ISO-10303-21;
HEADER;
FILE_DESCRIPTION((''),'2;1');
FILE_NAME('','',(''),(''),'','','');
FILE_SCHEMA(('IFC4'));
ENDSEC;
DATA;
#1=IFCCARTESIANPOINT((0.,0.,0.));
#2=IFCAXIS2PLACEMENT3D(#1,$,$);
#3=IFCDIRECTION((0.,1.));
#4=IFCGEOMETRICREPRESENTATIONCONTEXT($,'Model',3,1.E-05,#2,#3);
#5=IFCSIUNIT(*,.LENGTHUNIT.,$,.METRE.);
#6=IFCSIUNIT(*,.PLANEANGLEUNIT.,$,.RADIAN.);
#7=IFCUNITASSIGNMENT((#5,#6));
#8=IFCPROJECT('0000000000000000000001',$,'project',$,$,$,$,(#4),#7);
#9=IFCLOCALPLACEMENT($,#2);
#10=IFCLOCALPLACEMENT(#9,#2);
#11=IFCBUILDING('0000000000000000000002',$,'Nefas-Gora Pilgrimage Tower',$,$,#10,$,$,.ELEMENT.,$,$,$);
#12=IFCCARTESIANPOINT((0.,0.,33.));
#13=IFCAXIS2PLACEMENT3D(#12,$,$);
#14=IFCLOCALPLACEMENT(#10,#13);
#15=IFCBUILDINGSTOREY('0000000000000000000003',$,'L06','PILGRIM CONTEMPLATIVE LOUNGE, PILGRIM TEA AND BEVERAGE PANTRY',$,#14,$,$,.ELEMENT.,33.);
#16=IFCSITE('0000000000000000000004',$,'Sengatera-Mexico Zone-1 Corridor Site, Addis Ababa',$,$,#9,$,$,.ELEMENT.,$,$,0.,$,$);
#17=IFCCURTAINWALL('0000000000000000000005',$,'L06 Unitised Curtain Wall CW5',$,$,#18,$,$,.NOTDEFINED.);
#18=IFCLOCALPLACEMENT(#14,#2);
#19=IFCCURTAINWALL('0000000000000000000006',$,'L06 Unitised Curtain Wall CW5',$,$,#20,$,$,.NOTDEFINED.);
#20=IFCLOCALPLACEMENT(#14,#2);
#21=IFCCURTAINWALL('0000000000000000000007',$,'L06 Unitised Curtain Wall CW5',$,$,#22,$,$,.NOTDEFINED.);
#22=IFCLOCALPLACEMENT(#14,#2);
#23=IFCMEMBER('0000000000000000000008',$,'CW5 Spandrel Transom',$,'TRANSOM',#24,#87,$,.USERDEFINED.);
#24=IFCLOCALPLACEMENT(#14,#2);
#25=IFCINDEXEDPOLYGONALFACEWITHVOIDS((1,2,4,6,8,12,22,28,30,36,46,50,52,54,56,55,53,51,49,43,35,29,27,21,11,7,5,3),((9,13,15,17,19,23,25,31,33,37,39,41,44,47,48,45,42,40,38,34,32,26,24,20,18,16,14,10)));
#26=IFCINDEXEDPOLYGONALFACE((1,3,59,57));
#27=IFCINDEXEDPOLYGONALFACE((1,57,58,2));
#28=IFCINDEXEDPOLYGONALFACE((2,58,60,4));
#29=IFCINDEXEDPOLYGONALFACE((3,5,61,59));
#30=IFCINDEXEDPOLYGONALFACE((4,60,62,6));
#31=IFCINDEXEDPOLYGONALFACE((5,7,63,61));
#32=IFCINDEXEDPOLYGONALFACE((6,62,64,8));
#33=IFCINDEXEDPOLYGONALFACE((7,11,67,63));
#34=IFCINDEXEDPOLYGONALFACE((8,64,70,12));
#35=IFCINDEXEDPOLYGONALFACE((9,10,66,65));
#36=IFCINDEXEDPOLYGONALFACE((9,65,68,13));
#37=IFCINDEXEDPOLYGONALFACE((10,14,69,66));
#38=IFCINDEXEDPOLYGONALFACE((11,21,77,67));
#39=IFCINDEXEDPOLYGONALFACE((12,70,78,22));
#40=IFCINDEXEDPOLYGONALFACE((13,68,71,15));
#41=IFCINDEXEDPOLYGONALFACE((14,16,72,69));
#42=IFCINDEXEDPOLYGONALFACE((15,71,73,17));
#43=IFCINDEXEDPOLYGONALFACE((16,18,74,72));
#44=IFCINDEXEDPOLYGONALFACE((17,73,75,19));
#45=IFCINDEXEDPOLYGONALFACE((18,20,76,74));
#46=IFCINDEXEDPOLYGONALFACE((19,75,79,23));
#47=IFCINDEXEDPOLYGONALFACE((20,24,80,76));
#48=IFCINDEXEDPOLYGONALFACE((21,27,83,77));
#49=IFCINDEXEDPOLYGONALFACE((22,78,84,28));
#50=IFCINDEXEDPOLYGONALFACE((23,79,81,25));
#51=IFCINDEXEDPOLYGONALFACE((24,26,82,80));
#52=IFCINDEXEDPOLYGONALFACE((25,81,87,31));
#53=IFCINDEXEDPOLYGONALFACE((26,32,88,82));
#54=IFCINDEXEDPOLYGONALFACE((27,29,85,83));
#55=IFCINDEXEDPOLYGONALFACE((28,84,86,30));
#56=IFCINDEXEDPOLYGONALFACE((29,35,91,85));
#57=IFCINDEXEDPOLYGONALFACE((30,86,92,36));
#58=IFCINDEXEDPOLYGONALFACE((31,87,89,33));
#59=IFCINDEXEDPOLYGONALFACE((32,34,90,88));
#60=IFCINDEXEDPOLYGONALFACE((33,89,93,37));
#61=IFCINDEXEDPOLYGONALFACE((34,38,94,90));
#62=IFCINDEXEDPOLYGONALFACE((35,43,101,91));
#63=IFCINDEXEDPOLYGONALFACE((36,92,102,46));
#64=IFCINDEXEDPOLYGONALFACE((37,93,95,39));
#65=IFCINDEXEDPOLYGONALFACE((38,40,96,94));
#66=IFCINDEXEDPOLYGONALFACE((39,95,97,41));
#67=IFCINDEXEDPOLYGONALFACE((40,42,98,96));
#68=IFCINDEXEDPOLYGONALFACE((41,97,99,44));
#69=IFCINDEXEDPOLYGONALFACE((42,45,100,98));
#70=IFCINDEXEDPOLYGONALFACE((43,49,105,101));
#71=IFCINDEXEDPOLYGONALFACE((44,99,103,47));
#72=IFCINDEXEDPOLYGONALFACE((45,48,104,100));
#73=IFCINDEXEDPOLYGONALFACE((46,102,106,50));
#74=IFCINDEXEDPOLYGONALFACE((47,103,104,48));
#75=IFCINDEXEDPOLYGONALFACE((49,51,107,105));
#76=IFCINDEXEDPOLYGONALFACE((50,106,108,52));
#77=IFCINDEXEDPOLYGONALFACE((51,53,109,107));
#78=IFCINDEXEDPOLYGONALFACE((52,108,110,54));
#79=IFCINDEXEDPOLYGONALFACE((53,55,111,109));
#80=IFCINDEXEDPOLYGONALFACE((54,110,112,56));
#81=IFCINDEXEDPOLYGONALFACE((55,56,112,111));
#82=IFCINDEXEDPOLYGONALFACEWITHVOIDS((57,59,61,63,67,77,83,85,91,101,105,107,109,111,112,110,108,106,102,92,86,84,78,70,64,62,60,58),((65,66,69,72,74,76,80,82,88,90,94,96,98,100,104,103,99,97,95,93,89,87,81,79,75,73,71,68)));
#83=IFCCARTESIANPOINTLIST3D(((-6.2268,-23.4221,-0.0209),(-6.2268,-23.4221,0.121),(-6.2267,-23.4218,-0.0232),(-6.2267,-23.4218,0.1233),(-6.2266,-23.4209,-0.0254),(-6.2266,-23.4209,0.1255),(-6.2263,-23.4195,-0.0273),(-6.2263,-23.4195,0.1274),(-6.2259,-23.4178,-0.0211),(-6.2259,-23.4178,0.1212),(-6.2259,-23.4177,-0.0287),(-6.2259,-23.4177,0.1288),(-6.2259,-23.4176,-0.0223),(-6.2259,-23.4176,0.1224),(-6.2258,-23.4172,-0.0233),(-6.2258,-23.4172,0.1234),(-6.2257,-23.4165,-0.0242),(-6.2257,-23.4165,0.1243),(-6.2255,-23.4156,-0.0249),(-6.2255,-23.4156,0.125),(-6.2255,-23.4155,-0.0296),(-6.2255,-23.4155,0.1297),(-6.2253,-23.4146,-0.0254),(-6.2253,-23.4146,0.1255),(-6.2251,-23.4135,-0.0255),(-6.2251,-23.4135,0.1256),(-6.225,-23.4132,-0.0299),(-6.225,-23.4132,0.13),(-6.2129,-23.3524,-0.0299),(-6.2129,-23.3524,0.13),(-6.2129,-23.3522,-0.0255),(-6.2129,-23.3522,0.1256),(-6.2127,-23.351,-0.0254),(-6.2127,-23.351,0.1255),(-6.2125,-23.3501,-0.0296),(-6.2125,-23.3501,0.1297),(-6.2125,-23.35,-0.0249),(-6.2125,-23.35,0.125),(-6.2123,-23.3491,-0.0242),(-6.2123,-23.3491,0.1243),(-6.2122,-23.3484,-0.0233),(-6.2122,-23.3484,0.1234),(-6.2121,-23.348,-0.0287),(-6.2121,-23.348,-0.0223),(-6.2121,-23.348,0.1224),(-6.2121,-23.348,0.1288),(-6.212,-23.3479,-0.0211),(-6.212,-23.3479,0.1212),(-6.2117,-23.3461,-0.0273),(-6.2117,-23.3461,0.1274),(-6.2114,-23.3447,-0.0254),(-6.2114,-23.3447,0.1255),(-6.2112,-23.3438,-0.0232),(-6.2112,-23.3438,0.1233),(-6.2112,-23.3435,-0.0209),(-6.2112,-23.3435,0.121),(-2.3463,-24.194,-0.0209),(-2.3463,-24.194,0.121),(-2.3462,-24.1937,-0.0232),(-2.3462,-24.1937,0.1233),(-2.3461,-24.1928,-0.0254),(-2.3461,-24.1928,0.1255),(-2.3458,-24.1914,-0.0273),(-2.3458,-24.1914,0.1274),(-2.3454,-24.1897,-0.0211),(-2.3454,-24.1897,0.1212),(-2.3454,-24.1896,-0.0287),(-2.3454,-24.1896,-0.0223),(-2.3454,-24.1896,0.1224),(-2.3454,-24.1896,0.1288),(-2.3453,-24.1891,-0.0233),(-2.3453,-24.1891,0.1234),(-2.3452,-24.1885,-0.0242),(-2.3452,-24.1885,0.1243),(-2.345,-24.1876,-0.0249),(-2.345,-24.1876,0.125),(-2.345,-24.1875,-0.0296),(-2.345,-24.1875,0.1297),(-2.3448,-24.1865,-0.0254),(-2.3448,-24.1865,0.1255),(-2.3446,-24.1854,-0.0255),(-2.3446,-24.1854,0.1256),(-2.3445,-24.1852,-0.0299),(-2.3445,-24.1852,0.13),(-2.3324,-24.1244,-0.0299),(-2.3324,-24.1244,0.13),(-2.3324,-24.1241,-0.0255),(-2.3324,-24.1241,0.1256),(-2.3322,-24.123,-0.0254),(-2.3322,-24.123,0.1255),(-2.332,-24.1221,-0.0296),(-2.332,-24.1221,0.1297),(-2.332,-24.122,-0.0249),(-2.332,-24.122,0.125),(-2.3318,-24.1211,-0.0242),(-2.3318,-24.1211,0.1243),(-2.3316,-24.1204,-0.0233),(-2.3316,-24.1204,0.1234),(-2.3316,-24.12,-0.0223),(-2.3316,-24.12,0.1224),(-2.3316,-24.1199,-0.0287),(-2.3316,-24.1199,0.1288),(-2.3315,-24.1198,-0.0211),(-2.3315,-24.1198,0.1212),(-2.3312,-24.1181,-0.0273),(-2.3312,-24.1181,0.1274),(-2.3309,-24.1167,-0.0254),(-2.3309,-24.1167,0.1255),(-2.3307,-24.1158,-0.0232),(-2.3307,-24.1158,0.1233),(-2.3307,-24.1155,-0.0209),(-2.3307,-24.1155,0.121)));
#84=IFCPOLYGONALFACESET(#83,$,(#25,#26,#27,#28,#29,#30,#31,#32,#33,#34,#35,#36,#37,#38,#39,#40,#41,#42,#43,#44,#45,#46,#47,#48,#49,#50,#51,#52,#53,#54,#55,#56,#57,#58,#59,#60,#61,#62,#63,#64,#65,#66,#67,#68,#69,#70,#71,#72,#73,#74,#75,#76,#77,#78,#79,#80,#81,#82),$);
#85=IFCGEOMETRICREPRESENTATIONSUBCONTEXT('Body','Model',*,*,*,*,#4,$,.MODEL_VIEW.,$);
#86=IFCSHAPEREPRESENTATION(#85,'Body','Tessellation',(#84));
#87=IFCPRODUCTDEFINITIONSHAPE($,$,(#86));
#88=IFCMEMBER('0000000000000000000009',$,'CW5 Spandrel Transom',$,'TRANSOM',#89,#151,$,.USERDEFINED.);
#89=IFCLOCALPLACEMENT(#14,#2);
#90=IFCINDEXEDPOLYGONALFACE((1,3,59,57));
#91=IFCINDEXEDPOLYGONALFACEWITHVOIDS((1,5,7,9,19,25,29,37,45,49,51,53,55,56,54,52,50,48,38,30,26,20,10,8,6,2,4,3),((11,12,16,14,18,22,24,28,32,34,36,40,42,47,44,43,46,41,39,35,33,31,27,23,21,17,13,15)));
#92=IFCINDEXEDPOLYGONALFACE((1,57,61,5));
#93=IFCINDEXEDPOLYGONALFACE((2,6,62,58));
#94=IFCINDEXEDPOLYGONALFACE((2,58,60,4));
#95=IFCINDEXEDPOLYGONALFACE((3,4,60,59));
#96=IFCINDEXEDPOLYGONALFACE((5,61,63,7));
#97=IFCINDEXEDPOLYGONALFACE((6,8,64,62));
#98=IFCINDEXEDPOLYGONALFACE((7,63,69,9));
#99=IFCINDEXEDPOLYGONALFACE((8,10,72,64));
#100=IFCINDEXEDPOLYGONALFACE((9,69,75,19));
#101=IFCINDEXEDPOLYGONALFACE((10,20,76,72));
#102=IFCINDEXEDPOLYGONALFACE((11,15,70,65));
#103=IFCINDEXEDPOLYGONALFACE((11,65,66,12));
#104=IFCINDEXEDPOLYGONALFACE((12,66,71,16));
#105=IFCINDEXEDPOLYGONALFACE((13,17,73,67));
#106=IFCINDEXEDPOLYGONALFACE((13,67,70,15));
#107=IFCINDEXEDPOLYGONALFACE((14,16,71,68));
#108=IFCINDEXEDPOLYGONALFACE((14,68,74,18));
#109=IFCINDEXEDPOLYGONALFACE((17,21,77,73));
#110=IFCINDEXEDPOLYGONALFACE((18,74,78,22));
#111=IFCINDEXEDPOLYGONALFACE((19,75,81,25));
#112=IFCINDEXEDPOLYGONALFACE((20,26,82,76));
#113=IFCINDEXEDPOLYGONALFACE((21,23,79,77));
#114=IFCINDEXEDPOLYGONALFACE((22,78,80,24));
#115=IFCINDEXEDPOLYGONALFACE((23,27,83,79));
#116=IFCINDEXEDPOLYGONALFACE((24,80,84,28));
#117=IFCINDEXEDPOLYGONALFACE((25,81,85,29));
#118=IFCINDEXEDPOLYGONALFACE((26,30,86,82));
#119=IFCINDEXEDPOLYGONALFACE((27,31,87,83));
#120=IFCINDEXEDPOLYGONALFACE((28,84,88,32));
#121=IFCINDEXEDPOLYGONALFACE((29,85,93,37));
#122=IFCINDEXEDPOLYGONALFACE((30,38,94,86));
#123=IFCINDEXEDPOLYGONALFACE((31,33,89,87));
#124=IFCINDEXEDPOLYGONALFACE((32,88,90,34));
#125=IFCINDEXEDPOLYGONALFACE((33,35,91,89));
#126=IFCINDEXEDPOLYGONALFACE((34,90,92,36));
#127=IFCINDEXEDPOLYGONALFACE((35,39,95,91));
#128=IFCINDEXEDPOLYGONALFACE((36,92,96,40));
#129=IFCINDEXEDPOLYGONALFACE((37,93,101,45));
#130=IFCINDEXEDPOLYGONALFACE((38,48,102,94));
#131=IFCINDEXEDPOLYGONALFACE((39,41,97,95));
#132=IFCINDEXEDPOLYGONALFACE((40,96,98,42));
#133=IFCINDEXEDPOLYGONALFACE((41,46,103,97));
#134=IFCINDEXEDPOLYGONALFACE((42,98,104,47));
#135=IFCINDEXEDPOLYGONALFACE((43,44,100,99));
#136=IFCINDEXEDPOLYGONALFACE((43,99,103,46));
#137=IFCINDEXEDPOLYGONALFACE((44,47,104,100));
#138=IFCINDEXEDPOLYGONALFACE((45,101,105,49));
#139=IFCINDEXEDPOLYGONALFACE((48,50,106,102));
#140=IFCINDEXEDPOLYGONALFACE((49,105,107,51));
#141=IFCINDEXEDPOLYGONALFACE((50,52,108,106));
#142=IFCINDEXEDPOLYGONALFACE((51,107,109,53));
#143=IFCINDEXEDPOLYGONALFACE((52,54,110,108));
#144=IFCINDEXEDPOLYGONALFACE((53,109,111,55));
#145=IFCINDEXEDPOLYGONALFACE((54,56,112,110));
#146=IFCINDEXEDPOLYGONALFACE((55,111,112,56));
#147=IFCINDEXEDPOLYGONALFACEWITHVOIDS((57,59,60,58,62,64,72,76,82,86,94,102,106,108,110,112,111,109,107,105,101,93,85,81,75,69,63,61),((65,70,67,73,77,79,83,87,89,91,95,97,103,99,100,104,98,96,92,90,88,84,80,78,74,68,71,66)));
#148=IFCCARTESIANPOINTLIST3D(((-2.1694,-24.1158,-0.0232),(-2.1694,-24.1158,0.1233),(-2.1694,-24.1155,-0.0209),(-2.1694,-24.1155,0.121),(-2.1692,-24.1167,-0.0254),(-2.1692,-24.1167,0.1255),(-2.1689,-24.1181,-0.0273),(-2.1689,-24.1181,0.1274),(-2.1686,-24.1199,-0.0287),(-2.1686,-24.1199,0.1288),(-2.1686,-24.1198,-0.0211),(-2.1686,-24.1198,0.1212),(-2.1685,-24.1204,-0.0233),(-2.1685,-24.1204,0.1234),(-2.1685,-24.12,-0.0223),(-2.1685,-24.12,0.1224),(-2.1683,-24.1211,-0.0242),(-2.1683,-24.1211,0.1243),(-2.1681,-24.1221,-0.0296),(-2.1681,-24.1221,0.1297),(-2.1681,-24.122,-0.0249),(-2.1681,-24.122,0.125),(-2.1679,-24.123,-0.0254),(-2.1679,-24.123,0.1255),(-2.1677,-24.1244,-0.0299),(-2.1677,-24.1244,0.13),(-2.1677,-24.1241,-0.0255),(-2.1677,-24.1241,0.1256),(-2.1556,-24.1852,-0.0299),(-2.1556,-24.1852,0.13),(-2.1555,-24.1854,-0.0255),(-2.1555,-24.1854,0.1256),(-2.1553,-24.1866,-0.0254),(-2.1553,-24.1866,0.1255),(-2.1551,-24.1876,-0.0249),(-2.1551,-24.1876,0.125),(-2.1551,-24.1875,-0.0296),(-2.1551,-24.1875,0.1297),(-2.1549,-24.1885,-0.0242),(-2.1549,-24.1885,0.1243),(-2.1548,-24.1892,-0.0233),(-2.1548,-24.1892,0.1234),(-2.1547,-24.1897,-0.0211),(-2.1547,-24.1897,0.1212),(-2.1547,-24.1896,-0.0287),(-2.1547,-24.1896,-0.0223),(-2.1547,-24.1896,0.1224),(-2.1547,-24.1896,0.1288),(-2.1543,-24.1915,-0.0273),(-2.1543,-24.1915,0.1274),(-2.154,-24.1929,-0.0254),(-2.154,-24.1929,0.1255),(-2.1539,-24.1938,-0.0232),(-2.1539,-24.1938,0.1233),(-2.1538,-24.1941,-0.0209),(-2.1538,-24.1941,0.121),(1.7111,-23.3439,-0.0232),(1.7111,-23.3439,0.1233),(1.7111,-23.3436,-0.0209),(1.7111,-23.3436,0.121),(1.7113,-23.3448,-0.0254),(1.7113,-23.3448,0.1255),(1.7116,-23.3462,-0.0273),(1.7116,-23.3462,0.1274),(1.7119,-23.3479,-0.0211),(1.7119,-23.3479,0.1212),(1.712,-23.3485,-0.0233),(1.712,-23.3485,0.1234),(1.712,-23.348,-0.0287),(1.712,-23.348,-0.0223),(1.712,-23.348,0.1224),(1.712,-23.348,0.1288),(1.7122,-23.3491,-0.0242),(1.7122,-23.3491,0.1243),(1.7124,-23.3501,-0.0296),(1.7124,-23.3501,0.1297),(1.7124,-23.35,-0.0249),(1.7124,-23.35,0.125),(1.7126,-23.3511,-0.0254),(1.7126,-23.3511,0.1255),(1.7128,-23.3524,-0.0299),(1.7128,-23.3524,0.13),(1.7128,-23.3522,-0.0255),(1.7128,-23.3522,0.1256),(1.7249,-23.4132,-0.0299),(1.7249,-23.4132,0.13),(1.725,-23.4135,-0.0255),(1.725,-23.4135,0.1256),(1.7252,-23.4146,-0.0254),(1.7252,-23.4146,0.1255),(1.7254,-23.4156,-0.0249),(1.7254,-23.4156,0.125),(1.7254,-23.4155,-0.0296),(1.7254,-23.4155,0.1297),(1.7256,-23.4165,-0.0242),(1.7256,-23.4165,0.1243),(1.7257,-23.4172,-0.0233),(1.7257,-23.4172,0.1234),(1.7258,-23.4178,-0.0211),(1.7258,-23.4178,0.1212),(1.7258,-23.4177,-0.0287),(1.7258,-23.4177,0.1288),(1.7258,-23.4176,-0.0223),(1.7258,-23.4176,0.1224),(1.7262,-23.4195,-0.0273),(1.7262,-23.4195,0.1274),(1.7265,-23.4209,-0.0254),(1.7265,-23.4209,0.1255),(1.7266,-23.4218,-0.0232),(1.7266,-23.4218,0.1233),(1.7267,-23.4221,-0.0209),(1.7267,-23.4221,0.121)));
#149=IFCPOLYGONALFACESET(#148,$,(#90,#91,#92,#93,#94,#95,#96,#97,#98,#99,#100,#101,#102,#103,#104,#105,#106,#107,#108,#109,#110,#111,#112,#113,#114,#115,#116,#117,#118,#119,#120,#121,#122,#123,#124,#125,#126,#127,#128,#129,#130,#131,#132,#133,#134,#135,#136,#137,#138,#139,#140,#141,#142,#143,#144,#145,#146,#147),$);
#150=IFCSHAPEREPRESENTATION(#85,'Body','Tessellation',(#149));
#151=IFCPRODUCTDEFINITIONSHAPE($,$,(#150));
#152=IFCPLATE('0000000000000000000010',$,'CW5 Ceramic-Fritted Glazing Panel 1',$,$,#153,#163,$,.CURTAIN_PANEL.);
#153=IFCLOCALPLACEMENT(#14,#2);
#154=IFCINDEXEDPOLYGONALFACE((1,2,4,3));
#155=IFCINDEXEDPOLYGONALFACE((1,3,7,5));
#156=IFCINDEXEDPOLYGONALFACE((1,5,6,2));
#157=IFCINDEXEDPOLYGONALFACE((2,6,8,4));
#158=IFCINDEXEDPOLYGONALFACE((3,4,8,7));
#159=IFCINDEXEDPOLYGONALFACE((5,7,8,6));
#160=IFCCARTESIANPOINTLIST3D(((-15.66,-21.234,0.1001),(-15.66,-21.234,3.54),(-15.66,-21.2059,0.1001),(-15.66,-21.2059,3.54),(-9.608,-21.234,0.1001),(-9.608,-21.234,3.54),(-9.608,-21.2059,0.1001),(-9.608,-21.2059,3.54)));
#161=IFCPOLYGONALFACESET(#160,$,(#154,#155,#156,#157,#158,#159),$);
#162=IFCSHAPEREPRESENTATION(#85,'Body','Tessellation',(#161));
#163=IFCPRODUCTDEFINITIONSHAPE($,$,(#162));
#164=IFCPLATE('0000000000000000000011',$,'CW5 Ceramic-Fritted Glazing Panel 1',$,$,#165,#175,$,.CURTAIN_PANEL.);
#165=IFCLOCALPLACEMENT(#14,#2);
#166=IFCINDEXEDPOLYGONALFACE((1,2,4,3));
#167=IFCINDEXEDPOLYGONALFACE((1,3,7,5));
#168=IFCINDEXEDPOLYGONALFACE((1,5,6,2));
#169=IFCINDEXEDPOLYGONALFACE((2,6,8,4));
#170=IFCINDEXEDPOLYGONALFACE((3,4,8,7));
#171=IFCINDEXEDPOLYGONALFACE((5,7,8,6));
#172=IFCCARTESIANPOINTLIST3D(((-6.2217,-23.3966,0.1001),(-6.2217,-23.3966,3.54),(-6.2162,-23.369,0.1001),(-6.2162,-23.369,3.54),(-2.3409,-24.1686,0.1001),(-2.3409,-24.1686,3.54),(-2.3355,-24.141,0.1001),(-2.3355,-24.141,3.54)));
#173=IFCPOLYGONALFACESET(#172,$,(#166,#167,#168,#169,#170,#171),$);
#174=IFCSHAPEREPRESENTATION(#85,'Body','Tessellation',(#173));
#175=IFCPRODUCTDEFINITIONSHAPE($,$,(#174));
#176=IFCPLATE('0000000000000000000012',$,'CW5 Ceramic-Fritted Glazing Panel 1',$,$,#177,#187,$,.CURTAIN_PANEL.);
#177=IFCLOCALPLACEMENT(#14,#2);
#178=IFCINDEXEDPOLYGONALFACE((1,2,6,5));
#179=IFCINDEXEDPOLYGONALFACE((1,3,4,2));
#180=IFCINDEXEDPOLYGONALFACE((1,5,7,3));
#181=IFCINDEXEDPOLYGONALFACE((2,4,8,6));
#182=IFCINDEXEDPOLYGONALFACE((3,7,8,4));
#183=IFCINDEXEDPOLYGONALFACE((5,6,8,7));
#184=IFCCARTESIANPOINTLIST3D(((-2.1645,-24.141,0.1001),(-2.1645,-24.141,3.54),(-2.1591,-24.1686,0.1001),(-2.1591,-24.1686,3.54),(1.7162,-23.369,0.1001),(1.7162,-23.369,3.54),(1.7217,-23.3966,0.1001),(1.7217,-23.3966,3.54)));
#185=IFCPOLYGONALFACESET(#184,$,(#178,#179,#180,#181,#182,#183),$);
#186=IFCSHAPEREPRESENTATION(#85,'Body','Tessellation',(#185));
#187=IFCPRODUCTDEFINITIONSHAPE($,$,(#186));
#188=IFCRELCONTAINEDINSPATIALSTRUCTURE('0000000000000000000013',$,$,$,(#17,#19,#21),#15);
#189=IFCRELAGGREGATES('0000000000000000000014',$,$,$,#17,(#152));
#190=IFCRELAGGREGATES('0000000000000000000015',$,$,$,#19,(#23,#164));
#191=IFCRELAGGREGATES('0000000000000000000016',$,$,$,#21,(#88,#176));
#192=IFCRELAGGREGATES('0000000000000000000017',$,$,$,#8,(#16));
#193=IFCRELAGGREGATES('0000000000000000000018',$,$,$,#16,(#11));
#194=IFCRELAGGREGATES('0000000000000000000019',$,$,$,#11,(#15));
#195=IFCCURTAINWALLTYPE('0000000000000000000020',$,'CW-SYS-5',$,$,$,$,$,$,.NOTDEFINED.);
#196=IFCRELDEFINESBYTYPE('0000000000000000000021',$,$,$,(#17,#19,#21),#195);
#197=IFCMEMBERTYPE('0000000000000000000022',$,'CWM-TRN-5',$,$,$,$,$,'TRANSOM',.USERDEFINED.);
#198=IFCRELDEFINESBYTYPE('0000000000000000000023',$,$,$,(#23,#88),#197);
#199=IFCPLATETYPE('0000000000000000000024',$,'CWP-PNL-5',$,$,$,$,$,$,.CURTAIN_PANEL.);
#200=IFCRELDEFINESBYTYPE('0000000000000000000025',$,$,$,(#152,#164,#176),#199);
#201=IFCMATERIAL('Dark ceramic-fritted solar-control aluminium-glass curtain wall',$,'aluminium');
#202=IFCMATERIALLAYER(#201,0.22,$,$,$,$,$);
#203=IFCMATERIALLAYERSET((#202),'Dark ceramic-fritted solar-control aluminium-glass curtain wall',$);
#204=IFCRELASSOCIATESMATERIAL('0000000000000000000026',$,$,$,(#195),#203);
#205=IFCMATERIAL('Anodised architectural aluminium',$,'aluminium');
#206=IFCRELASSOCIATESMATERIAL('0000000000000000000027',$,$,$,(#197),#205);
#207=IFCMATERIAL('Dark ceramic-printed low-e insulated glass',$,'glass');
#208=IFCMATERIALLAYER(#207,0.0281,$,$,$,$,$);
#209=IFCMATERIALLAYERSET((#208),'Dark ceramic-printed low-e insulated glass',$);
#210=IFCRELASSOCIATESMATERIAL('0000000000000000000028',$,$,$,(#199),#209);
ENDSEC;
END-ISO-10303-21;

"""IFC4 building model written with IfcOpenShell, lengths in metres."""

from ifc_helpers import new_model, si_unit, direction, frame, origin, origin_2d, place, context, subcontext, project, spatial, rectangle, hollow_rectangle, extrude, source, transform, mapped, material, layer, layer_set, material_profile, profile_set, type_object, element, aggregate, save


model = new_model("IFC4")

# Units and contexts
model_context = context("Model", 3, precision=1e-05, world=origin(), true_north=direction((0.0, 1.0)))
body_context = subcontext(model_context, "Body", "Model", "MODEL_VIEW")
ifc_project = project(units=[si_unit("LENGTHUNIT", "METRE"), si_unit("PLANEANGLEUNIT", "RADIAN")], contexts=[model_context])

# Site, building, storey
site_placement = place(None, origin())
site = spatial("IfcSite", under=ifc_project, at=site_placement, Name="Sengatera-Mexico Zone-1 Corridor Site, Addis Ababa", CompositionType="ELEMENT", RefElevation=0.0)
building_placement = place(site_placement, origin())
building = spatial("IfcBuilding", under=site, at=building_placement, Name="Nefas-Gora Pilgrimage Tower", CompositionType="ELEMENT")
storey_placement = place(building_placement, frame((0.0, 0.0, 33.0)))
storey = spatial("IfcBuildingStorey", under=building, at=storey_placement, Name="L06", Description="PILGRIM CONTEMPLATIVE LOUNGE, PILGRIM TEA AND BEVERAGE PANTRY", CompositionType="ELEMENT", Elevation=33.0)

# Curtain wall
ifc_material_1 = material(Name="Dark ceramic-fritted solar-control aluminium-glass curtain wall", Category="aluminium")
ifc_layer_1 = layer(ifc_material_1, 0.22)
ifc_layer_set_1 = layer_set([ifc_layer_1], Name="Dark ceramic-fritted solar-control aluminium-glass curtain wall")
curtain_wall_type = type_object("IfcCurtainWallType", Name="CW-SYS-5", PredefinedType="NOTDEFINED", material=ifc_layer_set_1)
curtain_wall_1_placement = place(storey_placement, origin())
curtain_wall_1 = element("IfcCurtainWall", 1, at=curtain_wall_1_placement, inside=storey, type_object=curtain_wall_type, Name="L06 Unitised Curtain Wall CW5", PredefinedType="NOTDEFINED")
ifc_material_2 = material(Name="Anodised architectural aluminium", Category="aluminium")

# Curtain wall
curtain_wall_2_placement = place(storey_placement, origin())
curtain_wall_2 = element("IfcCurtainWall", 2, at=curtain_wall_2_placement, inside=storey, type_object=curtain_wall_type, Name="L06 Unitised Curtain Wall CW5", PredefinedType="NOTDEFINED")

# Curtain wall
curtain_wall_3_placement = place(storey_placement, origin())
curtain_wall_3 = element("IfcCurtainWall", 3, at=curtain_wall_3_placement, inside=storey, type_object=curtain_wall_type, Name="L06 Unitised Curtain Wall CW5", PredefinedType="NOTDEFINED")

# Members
ifc_material_profile_1 = material_profile(ifc_material_2, hollow_rectangle(XDim=0.0801, YDim=0.1599, WallThickness=0.0044, InnerFilletRadius=0.0044, OuterFilletRadius=0.009, at=origin_2d()), Name="ALU TRANSOM 80x160")
ifc_profile_set_1 = profile_set([ifc_material_profile_1], Name="Anodised architectural aluminium")
member_type_1 = type_object("IfcMemberType", Name="CWM-TRN-5", ElementType="TRANSOM", PredefinedType="USERDEFINED", material=ifc_profile_set_1)
shared_shape_1 = source(origin(), body_context, "Body", "SweptSolid", [
    extrude(hollow_rectangle(XDim=0.0801, YDim=0.1599, WallThickness=0.0044, InnerFilletRadius=0.0044, OuterFilletRadius=0.009, at=origin_2d()), origin(), (0.0, 0.0, 1.0), 3.9565),
])
member_1_placement = place(storey_placement, frame((-6.219, -23.3828, 0.05), z_axis=(0.980782, -0.195107, 0.0), x_axis=(0.195107, 0.980782, 0.0)))
member_1 = element("IfcMember", 4, at=member_1_placement, type_object=member_type_1, Name="CW5 Spandrel Transom", ObjectType="TRANSOM", PredefinedType="USERDEFINED", context=body_context, shape_type="MappedRepresentation", body=[
    mapped(shared_shape_1, transform((0.0, 0.0, 0.0), x_axis=(1.0, 0.0, 0.0), y_axis=(0.0, 1.0, 0.0), z_axis=(0.0, 0.0, 1.0), scale=1.0)),
])
member_2_placement = place(storey_placement, frame((-2.1616, -24.1548, 0.05), z_axis=(0.980782, 0.195107, 0.0), x_axis=(-0.195107, 0.980782, 0.0)))
member_2 = element("IfcMember", 5, at=member_2_placement, type_object=member_type_1, Name="CW5 Spandrel Transom", ObjectType="TRANSOM", PredefinedType="USERDEFINED", context=body_context, shape_type="MappedRepresentation", body=[
    mapped(shared_shape_1, transform((0.0, 0.0, 0.0), x_axis=(1.0, 0.0, 0.0), y_axis=(0.0, 1.0, 0.0), z_axis=(0.0, 0.0, 1.0), scale=1.0)),
])

# Plates
ifc_material_3 = material(Name="Dark ceramic-printed low-e insulated glass", Category="glass")
ifc_layer_2 = layer(ifc_material_3, 0.0281)
ifc_layer_set_2 = layer_set([ifc_layer_2], Name="Dark ceramic-printed low-e insulated glass")
plate_type = type_object("IfcPlateType", Name="CWP-PNL-5", PredefinedType="CURTAIN_PANEL", material=ifc_layer_set_2)
shared_shape_2 = source(origin(), body_context, "Body", "SweptSolid", [
    extrude(rectangle(XDim=6.052, YDim=0.0281, at=origin_2d()), origin(), (0.0, 0.0, 1.0), 3.4399),
])
plate_1_placement = place(storey_placement, frame((-12.634, -21.22, 0.1001), z_axis=(0.0, 0.0, 1.0), x_axis=(1.0, 0.0, 0.0)))
plate_1 = element("IfcPlate", 6, at=plate_1_placement, type_object=plate_type, Name="CW5 Ceramic-Fritted Glazing Panel 1", PredefinedType="CURTAIN_PANEL", context=body_context, shape_type="MappedRepresentation", body=[
    mapped(shared_shape_2, transform((0.0, 0.0, 0.0), x_axis=(1.0, 0.0, 0.0), y_axis=(0.0, 1.0, 0.0), z_axis=(0.0, 0.0, 1.0), scale=1.0)),
])
aggregate(curtain_wall_1, [plate_1])
shared_shape_3 = source(origin(), body_context, "Body", "SweptSolid", [
    extrude(rectangle(XDim=3.9568, YDim=0.0281, at=origin_2d()), origin(), (0.0, 0.0, 1.0), 3.4399),
])
plate_2_placement = place(storey_placement, frame((-4.2786, -23.7688, 0.1001), z_axis=(0.0, 0.0, 1.0), x_axis=(0.980783, -0.195102, 0.0)))
plate_2 = element("IfcPlate", 7, at=plate_2_placement, type_object=plate_type, Name="CW5 Ceramic-Fritted Glazing Panel 1", PredefinedType="CURTAIN_PANEL", context=body_context, shape_type="MappedRepresentation", body=[
    mapped(shared_shape_3, transform((0.0, 0.0, 0.0), x_axis=(1.0, 0.0, 0.0), y_axis=(0.0, 1.0, 0.0), z_axis=(0.0, 0.0, 1.0), scale=1.0)),
])
aggregate(curtain_wall_2, [member_1, plate_2])
plate_3_placement = place(storey_placement, frame((-0.2214, -23.7688, 0.1001), z_axis=(0.0, 0.0, 1.0), x_axis=(0.980783, 0.195102, 0.0)))
plate_3 = element("IfcPlate", 8, at=plate_3_placement, type_object=plate_type, Name="CW5 Ceramic-Fritted Glazing Panel 1", PredefinedType="CURTAIN_PANEL", context=body_context, shape_type="MappedRepresentation", body=[
    mapped(shared_shape_3, transform((0.0, 0.0, 0.0), x_axis=(1.0, 0.0, 0.0), y_axis=(0.0, 1.0, 0.0), z_axis=(0.0, 0.0, 1.0), scale=1.0)),
])
aggregate(curtain_wall_3, [member_2, plate_3])

save(model, "model.ifc")
